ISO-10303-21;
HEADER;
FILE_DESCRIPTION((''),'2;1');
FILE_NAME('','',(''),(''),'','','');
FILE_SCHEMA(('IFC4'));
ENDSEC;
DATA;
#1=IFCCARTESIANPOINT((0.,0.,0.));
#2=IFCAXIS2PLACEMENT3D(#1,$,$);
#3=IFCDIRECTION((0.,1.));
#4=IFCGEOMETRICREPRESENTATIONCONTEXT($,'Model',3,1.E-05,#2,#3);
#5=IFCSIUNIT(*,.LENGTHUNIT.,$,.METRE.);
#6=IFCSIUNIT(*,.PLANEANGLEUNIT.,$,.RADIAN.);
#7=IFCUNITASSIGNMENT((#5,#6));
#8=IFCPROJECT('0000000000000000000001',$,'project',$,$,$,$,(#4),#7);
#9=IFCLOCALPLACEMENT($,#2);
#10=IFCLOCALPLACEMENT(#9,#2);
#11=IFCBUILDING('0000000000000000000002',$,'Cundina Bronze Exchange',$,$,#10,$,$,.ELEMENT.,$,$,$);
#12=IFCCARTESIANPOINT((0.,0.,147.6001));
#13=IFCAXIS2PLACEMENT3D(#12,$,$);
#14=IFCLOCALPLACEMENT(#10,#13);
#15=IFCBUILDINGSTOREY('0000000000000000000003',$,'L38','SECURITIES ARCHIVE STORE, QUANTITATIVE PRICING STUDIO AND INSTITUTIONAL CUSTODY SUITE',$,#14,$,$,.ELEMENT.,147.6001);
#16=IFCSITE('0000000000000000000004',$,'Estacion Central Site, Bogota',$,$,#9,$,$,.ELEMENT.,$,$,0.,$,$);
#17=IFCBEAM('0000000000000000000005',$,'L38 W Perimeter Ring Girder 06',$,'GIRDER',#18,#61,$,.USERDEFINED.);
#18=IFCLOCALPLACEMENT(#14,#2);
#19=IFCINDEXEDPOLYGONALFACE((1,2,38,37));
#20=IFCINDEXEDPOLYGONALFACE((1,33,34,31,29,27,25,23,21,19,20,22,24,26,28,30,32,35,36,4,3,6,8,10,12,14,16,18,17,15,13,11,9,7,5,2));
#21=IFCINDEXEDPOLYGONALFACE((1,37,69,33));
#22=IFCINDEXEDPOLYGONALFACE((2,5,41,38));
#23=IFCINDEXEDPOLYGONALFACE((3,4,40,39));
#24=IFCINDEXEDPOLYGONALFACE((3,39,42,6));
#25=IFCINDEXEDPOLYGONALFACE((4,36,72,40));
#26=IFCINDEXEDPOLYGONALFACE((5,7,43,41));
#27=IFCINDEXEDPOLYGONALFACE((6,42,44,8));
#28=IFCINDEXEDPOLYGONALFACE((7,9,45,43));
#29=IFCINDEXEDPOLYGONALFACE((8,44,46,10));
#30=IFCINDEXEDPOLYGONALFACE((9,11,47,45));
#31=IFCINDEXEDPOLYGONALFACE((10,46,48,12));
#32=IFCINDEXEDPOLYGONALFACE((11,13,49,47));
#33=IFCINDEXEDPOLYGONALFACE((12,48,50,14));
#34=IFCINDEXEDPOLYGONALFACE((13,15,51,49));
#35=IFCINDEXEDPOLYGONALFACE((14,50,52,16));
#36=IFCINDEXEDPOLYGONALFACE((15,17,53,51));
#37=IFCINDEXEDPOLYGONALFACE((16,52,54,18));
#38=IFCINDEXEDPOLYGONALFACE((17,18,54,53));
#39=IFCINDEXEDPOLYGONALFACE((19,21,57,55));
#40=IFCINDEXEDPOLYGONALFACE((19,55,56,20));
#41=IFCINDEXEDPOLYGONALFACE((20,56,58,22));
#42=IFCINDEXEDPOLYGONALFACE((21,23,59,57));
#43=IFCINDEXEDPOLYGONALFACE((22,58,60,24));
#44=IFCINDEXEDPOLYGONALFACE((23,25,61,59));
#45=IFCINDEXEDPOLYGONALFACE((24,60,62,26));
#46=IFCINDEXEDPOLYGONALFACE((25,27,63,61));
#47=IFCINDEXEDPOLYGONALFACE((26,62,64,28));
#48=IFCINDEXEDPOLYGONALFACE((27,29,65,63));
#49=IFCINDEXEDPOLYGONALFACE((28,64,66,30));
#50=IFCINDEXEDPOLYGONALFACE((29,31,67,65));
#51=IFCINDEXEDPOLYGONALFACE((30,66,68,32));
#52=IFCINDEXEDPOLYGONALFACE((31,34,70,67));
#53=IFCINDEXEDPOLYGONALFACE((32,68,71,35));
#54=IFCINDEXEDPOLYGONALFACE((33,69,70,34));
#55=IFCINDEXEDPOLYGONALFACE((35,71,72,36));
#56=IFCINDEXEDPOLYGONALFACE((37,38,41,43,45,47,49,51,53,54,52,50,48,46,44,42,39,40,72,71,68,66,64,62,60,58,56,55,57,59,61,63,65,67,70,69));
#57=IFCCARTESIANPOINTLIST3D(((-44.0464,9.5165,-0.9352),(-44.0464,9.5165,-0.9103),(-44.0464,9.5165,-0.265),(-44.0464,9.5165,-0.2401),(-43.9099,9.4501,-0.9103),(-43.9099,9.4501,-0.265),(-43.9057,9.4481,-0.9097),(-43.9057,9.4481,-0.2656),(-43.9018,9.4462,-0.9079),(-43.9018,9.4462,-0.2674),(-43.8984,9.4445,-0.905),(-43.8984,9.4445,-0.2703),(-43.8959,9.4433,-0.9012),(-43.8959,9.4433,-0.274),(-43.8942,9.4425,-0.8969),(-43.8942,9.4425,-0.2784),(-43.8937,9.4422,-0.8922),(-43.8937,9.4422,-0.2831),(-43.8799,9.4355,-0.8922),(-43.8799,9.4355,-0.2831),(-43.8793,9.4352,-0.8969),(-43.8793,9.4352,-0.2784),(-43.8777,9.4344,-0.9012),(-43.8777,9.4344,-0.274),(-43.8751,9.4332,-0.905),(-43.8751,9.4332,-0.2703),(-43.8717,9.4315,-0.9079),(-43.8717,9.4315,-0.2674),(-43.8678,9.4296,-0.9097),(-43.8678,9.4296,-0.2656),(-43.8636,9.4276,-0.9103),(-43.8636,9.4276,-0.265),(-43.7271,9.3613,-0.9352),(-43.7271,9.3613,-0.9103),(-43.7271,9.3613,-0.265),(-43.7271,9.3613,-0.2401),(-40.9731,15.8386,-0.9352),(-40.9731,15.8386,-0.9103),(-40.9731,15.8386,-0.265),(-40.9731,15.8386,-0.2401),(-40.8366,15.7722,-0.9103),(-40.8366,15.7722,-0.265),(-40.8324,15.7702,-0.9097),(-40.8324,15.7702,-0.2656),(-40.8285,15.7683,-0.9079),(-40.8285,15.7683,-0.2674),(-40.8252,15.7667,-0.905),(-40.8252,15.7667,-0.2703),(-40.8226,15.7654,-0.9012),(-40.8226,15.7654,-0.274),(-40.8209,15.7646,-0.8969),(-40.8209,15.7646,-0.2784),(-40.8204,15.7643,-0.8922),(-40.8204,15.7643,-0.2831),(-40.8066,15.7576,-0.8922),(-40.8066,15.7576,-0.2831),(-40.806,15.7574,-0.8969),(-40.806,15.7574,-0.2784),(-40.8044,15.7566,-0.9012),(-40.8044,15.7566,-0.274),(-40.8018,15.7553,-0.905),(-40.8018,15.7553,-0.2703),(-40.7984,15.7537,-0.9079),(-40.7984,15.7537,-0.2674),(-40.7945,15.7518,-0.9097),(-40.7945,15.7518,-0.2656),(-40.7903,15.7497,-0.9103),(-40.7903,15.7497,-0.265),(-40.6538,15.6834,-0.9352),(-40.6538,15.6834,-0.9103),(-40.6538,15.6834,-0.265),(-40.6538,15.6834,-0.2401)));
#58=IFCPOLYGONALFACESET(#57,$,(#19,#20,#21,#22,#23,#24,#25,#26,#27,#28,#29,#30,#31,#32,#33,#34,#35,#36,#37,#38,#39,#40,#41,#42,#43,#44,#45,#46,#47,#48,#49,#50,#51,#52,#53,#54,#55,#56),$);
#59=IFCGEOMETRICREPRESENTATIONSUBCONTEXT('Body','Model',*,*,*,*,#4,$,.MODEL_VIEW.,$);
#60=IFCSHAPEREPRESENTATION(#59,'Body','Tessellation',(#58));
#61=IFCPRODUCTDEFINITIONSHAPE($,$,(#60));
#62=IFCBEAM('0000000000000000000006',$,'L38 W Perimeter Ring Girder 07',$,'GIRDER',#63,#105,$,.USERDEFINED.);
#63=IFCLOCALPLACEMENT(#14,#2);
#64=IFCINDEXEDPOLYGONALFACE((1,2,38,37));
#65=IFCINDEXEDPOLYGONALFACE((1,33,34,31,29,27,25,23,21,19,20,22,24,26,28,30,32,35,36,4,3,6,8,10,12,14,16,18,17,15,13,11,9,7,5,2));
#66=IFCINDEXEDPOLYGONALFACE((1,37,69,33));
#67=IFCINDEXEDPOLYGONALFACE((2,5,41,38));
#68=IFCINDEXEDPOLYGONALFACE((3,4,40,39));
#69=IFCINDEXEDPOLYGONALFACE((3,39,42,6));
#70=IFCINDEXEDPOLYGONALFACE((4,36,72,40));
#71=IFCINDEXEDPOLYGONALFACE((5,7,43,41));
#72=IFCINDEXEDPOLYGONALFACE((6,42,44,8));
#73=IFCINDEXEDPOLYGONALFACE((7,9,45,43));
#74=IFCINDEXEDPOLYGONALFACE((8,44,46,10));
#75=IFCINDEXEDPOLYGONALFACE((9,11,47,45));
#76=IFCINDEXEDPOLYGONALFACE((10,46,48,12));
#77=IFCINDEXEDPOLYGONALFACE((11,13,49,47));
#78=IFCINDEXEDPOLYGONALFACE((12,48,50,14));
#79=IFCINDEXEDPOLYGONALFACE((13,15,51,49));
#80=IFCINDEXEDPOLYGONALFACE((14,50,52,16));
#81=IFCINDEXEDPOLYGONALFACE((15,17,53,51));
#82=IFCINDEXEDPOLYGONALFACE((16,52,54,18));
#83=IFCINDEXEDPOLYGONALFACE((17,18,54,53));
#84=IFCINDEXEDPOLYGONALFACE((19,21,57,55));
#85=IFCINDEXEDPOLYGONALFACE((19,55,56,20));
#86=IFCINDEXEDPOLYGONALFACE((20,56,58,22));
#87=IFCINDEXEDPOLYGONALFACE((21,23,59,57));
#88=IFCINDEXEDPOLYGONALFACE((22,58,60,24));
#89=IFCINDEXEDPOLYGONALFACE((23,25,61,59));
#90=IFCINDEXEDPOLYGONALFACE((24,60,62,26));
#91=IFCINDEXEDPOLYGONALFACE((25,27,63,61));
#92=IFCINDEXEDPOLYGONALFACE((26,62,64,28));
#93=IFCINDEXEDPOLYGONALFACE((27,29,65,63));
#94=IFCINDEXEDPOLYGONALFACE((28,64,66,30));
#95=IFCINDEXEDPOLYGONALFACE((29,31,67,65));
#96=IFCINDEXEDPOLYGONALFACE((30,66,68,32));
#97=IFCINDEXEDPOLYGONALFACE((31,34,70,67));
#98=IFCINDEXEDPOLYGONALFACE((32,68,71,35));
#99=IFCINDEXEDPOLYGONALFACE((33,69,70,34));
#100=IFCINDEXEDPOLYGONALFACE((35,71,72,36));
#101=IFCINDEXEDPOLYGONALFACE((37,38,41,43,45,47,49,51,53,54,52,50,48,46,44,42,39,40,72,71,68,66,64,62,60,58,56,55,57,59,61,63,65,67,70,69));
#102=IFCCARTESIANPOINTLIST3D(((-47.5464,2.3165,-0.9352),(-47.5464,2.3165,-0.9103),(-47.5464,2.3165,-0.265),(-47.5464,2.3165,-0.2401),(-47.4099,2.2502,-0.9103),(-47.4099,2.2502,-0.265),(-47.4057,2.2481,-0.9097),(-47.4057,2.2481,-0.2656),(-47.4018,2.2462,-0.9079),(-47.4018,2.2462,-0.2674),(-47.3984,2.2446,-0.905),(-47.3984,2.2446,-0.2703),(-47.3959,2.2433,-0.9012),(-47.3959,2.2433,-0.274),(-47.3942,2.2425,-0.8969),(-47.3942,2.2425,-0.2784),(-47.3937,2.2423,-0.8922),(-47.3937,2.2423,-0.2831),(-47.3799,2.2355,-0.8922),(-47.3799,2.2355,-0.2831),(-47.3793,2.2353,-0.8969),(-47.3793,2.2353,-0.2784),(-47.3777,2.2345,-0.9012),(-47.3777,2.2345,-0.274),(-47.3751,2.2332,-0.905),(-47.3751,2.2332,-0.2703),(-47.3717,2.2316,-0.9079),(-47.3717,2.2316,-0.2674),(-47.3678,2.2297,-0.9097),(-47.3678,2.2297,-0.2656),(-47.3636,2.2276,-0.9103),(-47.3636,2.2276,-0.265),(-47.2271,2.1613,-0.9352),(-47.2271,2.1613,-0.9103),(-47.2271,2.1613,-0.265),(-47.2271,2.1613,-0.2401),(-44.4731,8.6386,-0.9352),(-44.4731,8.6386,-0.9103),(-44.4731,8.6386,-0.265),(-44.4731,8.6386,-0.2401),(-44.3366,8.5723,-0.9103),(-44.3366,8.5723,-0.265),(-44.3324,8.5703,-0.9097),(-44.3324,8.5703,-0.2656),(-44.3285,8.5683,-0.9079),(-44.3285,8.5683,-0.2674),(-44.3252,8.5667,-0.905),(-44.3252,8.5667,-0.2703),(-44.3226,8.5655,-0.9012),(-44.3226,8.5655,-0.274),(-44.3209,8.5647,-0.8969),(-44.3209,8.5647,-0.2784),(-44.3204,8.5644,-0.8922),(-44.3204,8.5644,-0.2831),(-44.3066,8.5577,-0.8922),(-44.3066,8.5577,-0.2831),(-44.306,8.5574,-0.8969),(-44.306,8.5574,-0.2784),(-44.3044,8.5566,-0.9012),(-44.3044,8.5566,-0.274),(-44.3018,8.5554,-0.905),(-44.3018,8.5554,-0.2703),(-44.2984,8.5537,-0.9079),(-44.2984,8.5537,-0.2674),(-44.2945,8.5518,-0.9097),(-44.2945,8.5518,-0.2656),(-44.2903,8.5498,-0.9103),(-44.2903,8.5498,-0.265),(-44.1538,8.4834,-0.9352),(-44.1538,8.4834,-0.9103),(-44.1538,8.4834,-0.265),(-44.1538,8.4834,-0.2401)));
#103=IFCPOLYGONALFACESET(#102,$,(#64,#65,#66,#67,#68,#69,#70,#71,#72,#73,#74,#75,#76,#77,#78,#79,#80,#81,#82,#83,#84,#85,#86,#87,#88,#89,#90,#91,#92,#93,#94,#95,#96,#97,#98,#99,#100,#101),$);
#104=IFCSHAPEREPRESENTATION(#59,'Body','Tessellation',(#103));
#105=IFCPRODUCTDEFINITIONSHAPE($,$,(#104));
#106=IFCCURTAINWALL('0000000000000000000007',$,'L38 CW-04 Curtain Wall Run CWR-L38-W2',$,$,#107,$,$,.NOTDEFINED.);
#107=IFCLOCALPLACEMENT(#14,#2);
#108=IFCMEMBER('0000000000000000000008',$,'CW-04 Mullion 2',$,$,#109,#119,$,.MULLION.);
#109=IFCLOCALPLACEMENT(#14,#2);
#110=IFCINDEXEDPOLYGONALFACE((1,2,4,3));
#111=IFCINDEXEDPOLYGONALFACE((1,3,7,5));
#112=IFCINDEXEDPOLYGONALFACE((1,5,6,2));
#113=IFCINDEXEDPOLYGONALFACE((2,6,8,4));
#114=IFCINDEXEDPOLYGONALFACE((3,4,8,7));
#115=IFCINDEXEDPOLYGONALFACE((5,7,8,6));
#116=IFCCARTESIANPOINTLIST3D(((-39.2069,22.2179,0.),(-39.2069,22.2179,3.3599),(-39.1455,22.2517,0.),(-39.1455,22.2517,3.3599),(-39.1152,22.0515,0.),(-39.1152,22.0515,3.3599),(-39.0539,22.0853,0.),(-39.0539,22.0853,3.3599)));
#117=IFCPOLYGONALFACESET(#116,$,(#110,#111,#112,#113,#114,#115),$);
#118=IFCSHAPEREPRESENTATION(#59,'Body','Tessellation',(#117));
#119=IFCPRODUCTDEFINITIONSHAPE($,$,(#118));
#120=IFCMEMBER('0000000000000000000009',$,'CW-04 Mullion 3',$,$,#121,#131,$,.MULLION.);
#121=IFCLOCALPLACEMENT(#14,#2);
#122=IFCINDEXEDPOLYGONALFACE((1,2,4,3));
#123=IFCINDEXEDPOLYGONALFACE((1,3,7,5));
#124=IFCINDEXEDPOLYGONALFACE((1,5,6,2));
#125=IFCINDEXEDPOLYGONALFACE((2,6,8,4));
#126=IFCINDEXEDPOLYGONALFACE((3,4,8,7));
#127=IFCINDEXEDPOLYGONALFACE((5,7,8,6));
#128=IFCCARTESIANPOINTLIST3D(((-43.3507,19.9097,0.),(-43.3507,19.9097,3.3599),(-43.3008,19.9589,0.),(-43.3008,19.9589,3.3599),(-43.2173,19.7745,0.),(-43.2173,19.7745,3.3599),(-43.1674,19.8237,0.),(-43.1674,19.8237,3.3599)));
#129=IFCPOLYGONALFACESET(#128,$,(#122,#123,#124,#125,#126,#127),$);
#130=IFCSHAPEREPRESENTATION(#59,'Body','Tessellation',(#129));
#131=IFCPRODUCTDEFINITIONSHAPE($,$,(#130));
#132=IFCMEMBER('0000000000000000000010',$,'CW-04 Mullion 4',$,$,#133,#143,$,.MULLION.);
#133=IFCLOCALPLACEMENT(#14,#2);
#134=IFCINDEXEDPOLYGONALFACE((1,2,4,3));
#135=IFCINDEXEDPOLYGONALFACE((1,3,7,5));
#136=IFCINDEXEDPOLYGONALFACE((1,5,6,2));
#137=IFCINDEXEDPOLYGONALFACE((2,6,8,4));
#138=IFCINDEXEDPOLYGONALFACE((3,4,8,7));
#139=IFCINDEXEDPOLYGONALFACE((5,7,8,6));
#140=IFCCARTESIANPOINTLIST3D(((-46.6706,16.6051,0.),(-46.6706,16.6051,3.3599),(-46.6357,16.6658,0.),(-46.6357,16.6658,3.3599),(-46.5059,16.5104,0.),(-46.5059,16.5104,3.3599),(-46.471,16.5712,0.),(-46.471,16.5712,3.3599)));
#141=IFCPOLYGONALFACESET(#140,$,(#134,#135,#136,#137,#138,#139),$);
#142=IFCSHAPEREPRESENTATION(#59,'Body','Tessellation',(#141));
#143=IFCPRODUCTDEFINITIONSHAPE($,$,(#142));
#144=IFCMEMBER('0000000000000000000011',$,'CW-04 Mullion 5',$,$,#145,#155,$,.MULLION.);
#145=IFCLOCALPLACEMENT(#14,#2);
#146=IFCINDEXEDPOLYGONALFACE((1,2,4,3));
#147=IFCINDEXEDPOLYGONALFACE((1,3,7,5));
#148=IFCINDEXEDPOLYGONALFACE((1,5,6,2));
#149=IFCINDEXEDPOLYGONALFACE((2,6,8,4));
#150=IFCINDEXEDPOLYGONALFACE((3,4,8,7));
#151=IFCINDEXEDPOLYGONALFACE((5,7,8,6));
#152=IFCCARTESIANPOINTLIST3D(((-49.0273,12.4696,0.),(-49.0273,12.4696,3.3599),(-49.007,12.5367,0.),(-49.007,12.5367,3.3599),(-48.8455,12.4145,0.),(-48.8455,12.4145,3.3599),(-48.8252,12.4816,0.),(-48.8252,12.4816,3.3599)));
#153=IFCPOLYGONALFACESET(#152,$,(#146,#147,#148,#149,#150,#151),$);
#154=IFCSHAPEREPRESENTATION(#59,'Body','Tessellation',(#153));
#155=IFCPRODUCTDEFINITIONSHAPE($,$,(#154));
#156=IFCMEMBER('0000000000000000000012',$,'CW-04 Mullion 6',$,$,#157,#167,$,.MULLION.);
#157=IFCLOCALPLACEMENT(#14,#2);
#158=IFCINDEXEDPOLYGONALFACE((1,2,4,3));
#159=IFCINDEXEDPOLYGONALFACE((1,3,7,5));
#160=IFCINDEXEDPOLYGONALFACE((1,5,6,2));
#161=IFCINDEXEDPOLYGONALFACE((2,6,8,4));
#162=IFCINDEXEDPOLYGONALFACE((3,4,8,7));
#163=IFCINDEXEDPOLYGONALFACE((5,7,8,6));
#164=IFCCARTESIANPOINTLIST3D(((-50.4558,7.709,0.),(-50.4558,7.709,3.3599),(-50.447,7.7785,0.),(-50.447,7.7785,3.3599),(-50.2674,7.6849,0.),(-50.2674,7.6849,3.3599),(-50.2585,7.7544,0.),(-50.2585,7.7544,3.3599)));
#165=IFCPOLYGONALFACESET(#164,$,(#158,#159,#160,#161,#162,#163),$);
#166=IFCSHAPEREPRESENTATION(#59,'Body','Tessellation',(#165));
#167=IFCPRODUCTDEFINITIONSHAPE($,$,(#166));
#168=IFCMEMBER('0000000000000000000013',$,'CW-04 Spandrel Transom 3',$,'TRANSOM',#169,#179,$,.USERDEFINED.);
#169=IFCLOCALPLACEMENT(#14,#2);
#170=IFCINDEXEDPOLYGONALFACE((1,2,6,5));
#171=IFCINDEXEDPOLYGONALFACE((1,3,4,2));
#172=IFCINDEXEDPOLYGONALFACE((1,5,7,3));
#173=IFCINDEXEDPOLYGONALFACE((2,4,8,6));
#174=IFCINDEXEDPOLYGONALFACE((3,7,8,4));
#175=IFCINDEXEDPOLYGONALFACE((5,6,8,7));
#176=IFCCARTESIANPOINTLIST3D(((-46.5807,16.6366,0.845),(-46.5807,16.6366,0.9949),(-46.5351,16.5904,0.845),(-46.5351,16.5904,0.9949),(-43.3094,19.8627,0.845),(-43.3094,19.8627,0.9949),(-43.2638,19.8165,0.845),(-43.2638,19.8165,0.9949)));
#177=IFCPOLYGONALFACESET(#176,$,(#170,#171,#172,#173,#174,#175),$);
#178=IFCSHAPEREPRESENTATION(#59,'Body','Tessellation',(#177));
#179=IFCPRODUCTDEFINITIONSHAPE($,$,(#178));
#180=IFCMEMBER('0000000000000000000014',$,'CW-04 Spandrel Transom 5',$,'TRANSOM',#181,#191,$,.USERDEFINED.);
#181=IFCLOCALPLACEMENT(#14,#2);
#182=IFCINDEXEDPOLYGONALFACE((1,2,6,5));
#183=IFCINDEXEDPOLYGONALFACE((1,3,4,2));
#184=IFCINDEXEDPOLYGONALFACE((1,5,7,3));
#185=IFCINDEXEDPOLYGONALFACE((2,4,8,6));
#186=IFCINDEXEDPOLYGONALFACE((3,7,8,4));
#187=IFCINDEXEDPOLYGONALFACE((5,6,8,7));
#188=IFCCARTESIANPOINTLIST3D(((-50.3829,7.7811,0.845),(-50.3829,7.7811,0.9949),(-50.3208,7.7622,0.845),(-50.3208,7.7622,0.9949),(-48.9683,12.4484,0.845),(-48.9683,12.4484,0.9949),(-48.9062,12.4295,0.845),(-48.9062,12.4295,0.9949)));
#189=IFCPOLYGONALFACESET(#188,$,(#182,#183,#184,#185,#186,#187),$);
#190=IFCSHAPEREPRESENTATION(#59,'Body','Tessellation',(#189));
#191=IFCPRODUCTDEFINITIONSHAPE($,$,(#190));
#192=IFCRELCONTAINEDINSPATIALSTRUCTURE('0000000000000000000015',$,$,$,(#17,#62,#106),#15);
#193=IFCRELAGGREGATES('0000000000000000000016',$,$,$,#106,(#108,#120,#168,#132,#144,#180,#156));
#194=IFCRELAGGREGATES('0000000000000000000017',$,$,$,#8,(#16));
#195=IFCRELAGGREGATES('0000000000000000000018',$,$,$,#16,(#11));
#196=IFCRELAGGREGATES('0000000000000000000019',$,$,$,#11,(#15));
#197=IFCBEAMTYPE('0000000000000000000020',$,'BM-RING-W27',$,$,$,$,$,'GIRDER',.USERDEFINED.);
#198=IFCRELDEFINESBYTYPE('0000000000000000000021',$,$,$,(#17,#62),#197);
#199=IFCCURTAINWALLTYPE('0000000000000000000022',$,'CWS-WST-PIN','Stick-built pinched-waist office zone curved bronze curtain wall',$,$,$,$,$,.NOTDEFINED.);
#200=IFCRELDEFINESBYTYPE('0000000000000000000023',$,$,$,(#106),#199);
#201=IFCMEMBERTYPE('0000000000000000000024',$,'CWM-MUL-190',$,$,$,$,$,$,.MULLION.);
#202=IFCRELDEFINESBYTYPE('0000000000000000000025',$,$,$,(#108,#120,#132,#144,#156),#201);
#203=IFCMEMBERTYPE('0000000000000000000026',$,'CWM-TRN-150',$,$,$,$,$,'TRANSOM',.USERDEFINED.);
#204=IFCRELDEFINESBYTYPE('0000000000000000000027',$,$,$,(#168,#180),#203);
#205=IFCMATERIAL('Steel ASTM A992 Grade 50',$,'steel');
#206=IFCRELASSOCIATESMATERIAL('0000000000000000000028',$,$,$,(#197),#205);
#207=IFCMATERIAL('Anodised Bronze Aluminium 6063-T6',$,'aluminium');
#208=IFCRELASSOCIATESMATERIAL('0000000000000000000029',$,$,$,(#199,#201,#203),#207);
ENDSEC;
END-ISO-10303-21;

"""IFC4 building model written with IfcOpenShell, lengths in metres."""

from ifc_helpers import new_model, si_unit, direction, frame, origin, origin_2d, place, context, subcontext, project, spatial, rectangle, i_section, extrude, material, material_profile, profile_set, type_object, element, aggregate, save


model = new_model("IFC4")

# Units and contexts
model_context = context("Model", 3, precision=1e-05, world=origin(), true_north=direction((0.0, 1.0)))
body_context = subcontext(model_context, "Body", "Model", "MODEL_VIEW")
ifc_project = project(units=[si_unit("LENGTHUNIT", "METRE"), si_unit("PLANEANGLEUNIT", "RADIAN")], contexts=[model_context])

# Site, building, storey
site_placement = place(None, origin())
site = spatial("IfcSite", under=ifc_project, at=site_placement, Name="Estacion Central Site, Bogota", CompositionType="ELEMENT", RefElevation=0.0)
building_placement = place(site_placement, origin())
building = spatial("IfcBuilding", under=site, at=building_placement, Name="Cundina Bronze Exchange", CompositionType="ELEMENT")
storey_placement = place(building_placement, frame((0.0, 0.0, 147.6001)))
storey = spatial("IfcBuildingStorey", under=building, at=storey_placement, Name="L38", Description="SECURITIES ARCHIVE STORE, QUANTITATIVE PRICING STUDIO AND INSTITUTIONAL CUSTODY SUITE", CompositionType="ELEMENT", Elevation=147.6001)

# Beams
ifc_material_1 = material(Name="Steel ASTM A992 Grade 50", Category="steel")
ifc_material_profile_1 = material_profile(ifc_material_1, i_section(OverallWidth=0.355, OverallDepth=0.6951, WebThickness=0.0154, FlangeThickness=0.0249, FilletRadius=0.0181, at=origin_2d()), Name="W27X146", Category="steel")
ifc_profile_set_1 = profile_set([ifc_material_profile_1], Name="Steel ASTM A992 Grade 50")
beam_type_1 = type_object("IfcBeamType", Name="BM-RING-W27", ElementType="GIRDER", PredefinedType="USERDEFINED", material=ifc_profile_set_1)
for number, where, z_axis, x_axis, name in (
    (1, (-40.8135, 15.761, -0.5876), (-0.437197, -0.899366, 0.0), (0.899366, -0.437197, 0.0), "L38 W Perimeter Ring Girder 06"),
    (2, (-44.3135, 8.561, -0.5876), (-0.437197, -0.899366, 0.0), (0.899366, -0.437197, 0.0), "L38 W Perimeter Ring Girder 07"),
):
    element("IfcBeam", number, at=place(storey_placement, frame(where, z_axis=z_axis, x_axis=x_axis)), inside=storey, type_object=beam_type_1, Name=name, ObjectType="GIRDER", PredefinedType="USERDEFINED", context=body_context, shape_type="SweptSolid", body=[
        extrude(i_section(OverallWidth=0.355, OverallDepth=0.6951, WebThickness=0.0154, FlangeThickness=0.0249, FilletRadius=0.0181, at=origin_2d()), origin(), (0.0, 0.0, 1.0), 7.0295),
    ])

# Curtain wall, members
ifc_material_2 = material(Name="Anodised Bronze Aluminium 6063-T6", Category="aluminium")
curtain_wall_type = type_object("IfcCurtainWallType", Name="CWS-WST-PIN", Description="Stick-built pinched-waist office zone curved bronze curtain wall", PredefinedType="NOTDEFINED", material=ifc_material_2)
curtain_wall_placement = place(storey_placement, origin())
curtain_wall = element("IfcCurtainWall", 3, at=curtain_wall_placement, inside=storey, type_object=curtain_wall_type, Name="L38 CW-04 Curtain Wall Run CWR-L38-W2", PredefinedType="NOTDEFINED")
ifc_material_profile_2 = material_profile(ifc_material_2, rectangle(XDim=0.0701, YDim=0.1899, at=origin_2d()), Name="AL70X190", Category="aluminium")
ifc_profile_set_2 = profile_set([ifc_material_profile_2], Name="Anodised Bronze Aluminium 6063-T6")
member_type_1 = type_object("IfcMemberType", Name="CWM-MUL-190", PredefinedType="MULLION", material=ifc_profile_set_2)
member_1_placement = place(storey_placement, frame((-39.1304, 22.1516, 0.0), z_axis=(0.0, 0.0, 1.0), x_axis=(-0.875886, -0.482518, 0.0)))
member_1 = element("IfcMember", 4, at=member_1_placement, type_object=member_type_1, Name="CW-04 Mullion 2", PredefinedType="MULLION", context=body_context, shape_type="SweptSolid", body=[
    extrude(rectangle(XDim=0.0701, YDim=0.1899, at=origin_2d()), origin(), (0.0, 0.0, 1.0), 3.3599),
])
member_2_placement = place(storey_placement, frame((-43.259, 19.8667, 0.0), z_axis=(0.0, 0.0, 1.0), x_axis=(-0.712026, -0.702153, 0.0)))
member_2 = element("IfcMember", 5, at=member_2_placement, type_object=member_type_1, Name="CW-04 Mullion 3", PredefinedType="MULLION", context=body_context, shape_type="SweptSolid", body=[
    extrude(rectangle(XDim=0.0701, YDim=0.1899, at=origin_2d()), origin(), (0.0, 0.0, 1.0), 3.3599),
])
member_3_placement = place(storey_placement, frame((-46.5708, 16.5881, 0.0), z_axis=(0.0, 0.0, 1.0), x_axis=(-0.498488, -0.866897, 0.0)))
member_3 = element("IfcMember", 6, at=member_3_placement, type_object=member_type_1, Name="CW-04 Mullion 4", PredefinedType="MULLION", context=body_context, shape_type="SweptSolid", body=[
    extrude(rectangle(XDim=0.0701, YDim=0.1899, at=origin_2d()), origin(), (0.0, 0.0, 1.0), 3.3599),
])
member_4_placement = place(storey_placement, frame((-48.9263, 12.4756, 0.0), z_axis=(0.0, 0.0, 1.0), x_axis=(-0.290034, -0.957016, 0.0)))
member_4 = element("IfcMember", 7, at=member_4_placement, type_object=member_type_1, Name="CW-04 Mullion 5", PredefinedType="MULLION", context=body_context, shape_type="SweptSolid", body=[
    extrude(rectangle(XDim=0.0701, YDim=0.1899, at=origin_2d()), origin(), (0.0, 0.0, 1.0), 3.3599),
])
member_5_placement = place(storey_placement, frame((-50.3572, 7.7317, 0.0), z_axis=(0.0, 0.0, 1.0), x_axis=(-0.126545, -0.991961, 0.0)))
member_5 = element("IfcMember", 8, at=member_5_placement, type_object=member_type_1, Name="CW-04 Mullion 6", PredefinedType="MULLION", context=body_context, shape_type="SweptSolid", body=[
    extrude(rectangle(XDim=0.0701, YDim=0.1899, at=origin_2d()), origin(), (0.0, 0.0, 1.0), 3.3599),
])
ifc_material_profile_3 = material_profile(ifc_material_2, rectangle(XDim=0.0649, YDim=0.1499, at=origin_2d()), Name="AL65X150", Category="aluminium")
ifc_profile_set_3 = profile_set([ifc_material_profile_3], Name="Anodised Bronze Aluminium 6063-T6")
member_type_2 = type_object("IfcMemberType", Name="CWM-TRN-150", ElementType="TRANSOM", PredefinedType="USERDEFINED", material=ifc_profile_set_3)
member_6_placement = place(storey_placement, frame((-43.2866, 19.8396, 0.9199), z_axis=(-0.712005, -0.702174, 0.0), x_axis=(0.702174, -0.712005, 0.0)))
member_6 = element("IfcMember", 9, at=member_6_placement, type_object=member_type_2, Name="CW-04 Spandrel Transom 3", ObjectType="TRANSOM", PredefinedType="USERDEFINED", context=body_context, shape_type="SweptSolid", body=[
    extrude(rectangle(XDim=0.0649, YDim=0.1499, at=origin_2d()), origin(), (0.0, 0.0, 1.0), 4.5945),
])
member_7_placement = place(storey_placement, frame((-48.9373, 12.439, 0.9199), z_axis=(-0.290052, -0.957011, 0.0), x_axis=(0.957011, -0.290052, 0.0)))
member_7 = element("IfcMember", 10, at=member_7_placement, type_object=member_type_2, Name="CW-04 Spandrel Transom 5", ObjectType="TRANSOM", PredefinedType="USERDEFINED", context=body_context, shape_type="SweptSolid", body=[
    extrude(rectangle(XDim=0.0649, YDim=0.1499, at=origin_2d()), origin(), (0.0, 0.0, 1.0), 4.877),
])
aggregate(curtain_wall, [member_1, member_2, member_6, member_3, member_4, member_7, member_5])

save(model, "model.ifc")
